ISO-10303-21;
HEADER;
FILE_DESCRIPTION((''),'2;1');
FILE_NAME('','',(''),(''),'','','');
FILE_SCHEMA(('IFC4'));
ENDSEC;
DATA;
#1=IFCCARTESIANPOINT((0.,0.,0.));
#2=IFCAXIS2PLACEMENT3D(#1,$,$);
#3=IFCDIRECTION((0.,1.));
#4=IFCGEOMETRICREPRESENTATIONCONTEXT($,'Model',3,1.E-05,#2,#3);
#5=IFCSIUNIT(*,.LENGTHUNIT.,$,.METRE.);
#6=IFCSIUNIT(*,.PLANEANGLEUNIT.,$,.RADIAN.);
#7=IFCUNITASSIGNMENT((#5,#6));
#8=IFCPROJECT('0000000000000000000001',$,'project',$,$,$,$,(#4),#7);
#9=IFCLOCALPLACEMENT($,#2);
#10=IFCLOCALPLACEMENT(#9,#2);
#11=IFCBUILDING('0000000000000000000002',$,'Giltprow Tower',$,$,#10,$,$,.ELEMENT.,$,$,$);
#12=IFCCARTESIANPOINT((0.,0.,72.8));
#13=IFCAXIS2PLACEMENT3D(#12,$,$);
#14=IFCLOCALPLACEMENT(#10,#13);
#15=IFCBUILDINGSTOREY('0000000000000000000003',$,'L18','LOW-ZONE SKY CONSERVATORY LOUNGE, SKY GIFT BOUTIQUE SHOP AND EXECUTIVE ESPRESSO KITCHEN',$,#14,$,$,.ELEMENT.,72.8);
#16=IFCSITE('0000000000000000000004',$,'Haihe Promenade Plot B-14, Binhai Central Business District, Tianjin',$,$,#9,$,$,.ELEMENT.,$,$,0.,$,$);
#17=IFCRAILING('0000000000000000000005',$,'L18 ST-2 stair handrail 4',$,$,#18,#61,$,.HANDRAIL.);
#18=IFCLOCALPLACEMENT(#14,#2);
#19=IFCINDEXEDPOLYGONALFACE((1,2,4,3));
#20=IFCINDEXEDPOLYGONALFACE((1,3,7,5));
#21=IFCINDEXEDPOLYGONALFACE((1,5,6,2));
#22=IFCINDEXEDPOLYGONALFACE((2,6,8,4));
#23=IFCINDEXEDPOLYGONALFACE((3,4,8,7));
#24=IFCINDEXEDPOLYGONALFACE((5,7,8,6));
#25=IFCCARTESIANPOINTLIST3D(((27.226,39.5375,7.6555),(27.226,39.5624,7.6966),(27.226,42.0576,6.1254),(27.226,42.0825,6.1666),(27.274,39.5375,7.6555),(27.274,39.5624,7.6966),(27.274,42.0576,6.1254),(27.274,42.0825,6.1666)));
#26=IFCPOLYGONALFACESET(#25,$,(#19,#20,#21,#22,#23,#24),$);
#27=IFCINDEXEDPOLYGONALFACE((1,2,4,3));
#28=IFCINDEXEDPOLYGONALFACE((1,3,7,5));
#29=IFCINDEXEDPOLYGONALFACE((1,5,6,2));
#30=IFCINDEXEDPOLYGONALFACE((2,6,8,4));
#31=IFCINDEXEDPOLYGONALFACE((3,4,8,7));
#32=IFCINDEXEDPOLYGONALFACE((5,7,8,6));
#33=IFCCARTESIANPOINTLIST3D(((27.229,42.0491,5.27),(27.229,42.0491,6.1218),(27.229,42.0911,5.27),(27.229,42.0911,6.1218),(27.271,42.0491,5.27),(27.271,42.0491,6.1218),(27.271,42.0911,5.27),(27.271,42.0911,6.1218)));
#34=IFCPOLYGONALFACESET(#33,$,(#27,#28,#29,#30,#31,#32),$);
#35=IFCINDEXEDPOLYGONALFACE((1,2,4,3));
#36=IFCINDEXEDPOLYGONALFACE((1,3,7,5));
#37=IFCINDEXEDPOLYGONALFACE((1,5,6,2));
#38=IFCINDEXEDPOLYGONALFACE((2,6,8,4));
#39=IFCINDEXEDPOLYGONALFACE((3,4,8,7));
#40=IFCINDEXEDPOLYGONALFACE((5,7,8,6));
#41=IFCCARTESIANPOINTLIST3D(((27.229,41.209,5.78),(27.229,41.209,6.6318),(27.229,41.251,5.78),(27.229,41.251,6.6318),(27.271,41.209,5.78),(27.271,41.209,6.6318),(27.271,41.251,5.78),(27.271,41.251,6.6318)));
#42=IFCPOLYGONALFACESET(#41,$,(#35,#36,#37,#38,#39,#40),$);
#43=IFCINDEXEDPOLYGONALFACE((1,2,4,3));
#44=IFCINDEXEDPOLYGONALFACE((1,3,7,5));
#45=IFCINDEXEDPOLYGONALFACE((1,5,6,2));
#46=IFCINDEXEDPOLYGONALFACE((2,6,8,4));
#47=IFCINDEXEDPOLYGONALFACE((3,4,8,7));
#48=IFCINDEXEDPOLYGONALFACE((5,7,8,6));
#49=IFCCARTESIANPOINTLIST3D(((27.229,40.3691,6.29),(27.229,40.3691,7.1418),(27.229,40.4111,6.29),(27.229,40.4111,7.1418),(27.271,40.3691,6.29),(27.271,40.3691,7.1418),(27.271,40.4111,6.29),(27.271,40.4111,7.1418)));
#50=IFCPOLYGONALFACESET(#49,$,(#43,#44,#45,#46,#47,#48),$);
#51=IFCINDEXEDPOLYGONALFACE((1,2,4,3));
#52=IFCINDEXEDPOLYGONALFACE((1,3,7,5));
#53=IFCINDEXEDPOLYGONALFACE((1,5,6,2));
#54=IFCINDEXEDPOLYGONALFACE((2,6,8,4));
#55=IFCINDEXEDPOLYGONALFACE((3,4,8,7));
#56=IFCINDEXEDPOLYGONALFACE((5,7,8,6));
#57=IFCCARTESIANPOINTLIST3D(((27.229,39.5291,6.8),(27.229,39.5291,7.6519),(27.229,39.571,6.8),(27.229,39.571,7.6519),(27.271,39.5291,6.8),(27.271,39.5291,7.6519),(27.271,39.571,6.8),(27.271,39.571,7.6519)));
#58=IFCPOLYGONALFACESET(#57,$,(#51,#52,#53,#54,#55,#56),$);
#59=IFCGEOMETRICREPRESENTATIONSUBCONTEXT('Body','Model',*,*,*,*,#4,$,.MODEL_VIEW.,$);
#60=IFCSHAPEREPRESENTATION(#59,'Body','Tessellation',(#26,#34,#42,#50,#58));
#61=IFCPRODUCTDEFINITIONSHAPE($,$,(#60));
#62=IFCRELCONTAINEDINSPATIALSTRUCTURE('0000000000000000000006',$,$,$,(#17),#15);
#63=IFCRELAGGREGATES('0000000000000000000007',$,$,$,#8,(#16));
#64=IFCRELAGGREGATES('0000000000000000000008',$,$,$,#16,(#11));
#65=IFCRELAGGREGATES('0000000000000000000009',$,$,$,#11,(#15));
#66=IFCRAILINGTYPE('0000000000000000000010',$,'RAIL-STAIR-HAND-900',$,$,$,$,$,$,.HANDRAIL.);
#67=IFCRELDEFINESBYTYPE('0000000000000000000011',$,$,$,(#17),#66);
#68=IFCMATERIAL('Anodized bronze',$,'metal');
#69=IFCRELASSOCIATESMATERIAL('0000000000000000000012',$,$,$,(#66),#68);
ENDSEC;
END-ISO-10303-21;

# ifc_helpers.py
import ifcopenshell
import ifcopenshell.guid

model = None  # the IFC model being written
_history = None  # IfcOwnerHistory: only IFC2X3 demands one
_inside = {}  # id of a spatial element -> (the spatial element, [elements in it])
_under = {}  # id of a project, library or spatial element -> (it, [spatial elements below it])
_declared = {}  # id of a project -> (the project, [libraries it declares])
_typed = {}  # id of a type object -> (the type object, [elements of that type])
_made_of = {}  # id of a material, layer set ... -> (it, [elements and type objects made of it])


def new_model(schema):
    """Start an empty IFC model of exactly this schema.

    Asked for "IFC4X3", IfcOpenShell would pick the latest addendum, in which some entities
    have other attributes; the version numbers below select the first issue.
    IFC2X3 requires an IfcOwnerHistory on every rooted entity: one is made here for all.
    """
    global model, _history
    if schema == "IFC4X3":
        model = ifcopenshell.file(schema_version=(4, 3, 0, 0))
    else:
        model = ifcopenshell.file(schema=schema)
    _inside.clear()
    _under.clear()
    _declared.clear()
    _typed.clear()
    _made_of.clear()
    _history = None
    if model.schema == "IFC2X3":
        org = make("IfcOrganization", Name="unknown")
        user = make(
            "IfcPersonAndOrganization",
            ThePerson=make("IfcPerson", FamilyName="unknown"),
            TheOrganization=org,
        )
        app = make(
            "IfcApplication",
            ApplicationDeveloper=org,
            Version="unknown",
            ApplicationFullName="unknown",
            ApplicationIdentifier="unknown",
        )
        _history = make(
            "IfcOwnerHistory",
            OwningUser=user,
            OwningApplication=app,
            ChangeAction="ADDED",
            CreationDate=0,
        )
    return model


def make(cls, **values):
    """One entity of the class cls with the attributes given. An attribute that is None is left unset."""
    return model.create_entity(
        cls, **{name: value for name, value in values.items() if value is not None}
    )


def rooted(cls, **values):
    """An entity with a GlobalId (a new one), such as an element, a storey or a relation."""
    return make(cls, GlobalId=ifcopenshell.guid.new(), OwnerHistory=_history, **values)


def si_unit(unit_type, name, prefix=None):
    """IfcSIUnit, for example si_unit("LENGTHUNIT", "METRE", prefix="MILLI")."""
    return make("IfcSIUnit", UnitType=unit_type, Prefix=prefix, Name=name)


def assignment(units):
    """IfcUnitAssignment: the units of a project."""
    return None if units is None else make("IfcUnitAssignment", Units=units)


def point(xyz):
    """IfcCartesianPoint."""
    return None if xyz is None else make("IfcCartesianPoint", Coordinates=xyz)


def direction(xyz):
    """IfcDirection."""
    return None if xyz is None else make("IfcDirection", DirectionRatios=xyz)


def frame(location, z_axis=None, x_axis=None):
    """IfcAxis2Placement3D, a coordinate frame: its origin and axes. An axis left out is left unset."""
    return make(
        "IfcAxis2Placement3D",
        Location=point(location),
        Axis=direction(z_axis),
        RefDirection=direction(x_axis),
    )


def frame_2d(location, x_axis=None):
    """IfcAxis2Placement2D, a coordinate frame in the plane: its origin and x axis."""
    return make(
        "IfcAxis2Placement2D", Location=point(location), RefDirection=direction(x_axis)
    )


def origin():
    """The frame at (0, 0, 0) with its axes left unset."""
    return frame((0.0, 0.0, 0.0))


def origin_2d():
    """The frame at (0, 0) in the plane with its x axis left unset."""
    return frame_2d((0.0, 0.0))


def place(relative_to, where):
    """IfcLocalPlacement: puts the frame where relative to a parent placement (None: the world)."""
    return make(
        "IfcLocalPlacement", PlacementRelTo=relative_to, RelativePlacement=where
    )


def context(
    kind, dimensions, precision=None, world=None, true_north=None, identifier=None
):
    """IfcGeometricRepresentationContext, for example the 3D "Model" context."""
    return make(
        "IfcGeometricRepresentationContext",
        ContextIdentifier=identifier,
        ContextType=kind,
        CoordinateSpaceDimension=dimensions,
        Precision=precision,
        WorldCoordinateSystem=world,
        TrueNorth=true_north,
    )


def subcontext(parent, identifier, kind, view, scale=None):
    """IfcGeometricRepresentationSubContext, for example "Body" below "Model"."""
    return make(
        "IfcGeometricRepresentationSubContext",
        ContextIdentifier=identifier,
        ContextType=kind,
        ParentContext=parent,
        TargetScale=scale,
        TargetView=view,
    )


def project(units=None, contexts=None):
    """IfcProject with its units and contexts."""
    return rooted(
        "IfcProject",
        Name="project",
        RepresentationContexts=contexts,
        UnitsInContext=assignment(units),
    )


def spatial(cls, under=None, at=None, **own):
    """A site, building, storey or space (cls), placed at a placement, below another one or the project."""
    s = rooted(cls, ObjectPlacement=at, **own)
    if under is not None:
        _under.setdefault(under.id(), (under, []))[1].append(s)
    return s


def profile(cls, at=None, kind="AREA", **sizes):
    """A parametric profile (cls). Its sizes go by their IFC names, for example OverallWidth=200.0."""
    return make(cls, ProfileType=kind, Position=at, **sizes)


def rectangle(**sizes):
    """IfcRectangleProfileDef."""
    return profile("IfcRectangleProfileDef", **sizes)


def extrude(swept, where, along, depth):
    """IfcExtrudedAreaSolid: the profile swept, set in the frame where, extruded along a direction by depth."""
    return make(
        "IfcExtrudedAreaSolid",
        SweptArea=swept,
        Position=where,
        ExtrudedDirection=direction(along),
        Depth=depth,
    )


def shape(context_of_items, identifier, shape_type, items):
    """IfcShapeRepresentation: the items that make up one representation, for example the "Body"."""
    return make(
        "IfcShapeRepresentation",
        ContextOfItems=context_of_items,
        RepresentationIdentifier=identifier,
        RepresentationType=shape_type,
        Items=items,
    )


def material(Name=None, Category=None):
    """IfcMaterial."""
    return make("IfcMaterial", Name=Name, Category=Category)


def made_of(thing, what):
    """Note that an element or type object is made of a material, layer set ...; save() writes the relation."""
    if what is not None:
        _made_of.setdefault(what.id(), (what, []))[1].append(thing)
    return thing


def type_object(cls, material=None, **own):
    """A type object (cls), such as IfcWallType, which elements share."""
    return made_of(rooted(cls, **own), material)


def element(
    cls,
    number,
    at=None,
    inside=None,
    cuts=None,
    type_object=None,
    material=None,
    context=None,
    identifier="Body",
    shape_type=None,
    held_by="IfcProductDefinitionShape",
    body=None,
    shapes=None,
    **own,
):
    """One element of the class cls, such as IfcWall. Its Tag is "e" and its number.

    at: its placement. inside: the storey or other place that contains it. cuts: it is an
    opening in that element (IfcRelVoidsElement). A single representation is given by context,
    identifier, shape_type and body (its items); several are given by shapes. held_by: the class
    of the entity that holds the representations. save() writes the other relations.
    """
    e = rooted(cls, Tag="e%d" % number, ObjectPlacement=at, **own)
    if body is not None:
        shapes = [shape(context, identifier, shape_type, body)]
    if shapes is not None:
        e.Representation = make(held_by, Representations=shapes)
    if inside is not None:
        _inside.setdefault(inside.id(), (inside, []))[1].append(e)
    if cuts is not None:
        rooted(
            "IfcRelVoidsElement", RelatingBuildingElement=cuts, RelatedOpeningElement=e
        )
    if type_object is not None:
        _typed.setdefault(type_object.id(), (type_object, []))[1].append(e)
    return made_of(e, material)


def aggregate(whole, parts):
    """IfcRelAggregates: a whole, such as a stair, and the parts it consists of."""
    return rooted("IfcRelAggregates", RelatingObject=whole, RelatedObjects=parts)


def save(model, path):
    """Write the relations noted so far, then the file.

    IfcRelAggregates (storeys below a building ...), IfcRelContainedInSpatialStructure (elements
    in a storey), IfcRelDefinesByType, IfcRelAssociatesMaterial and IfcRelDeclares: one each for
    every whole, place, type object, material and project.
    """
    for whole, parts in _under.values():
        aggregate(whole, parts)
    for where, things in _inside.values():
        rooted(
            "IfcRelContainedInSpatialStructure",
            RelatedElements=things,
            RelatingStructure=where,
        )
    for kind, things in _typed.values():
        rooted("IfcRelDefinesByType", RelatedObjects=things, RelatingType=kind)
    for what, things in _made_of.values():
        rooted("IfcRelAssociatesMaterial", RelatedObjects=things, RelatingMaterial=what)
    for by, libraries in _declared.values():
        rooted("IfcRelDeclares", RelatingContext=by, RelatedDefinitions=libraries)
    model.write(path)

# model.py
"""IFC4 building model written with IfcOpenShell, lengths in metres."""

from ifc_helpers import new_model, si_unit, direction, frame, origin, origin_2d, place, context, subcontext, project, spatial, rectangle, extrude, material, type_object, element, save


model = new_model("IFC4")

# Units and contexts
model_context = context("Model", 3, precision=1e-05, world=origin(), true_north=direction((0.0, 1.0)))
body_context = subcontext(model_context, "Body", "Model", "MODEL_VIEW")
ifc_project = project(units=[si_unit("LENGTHUNIT", "METRE"), si_unit("PLANEANGLEUNIT", "RADIAN")], contexts=[model_context])

# Site, building, storey
site_placement = place(None, origin())
site = spatial("IfcSite", under=ifc_project, at=site_placement, Name="Haihe Promenade Plot B-14, Binhai Central Business District, Tianjin", CompositionType="ELEMENT", RefElevation=0.0)
building_placement = place(site_placement, origin())
building = spatial("IfcBuilding", under=site, at=building_placement, Name="Giltprow Tower", CompositionType="ELEMENT")
storey_placement = place(building_placement, frame((0.0, 0.0, 72.8)))
storey = spatial("IfcBuildingStorey", under=building, at=storey_placement, Name="L18", Description="LOW-ZONE SKY CONSERVATORY LOUNGE, SKY GIFT BOUTIQUE SHOP AND EXECUTIVE ESPRESSO KITCHEN", CompositionType="ELEMENT", Elevation=72.8)

# Railing
ifc_material_1 = material(Name="Anodized bronze", Category="metal")
railing_type_1 = type_object("IfcRailingType", Name="RAIL-STAIR-HAND-900", PredefinedType="HANDRAIL", material=ifc_material_1)
railing_1_placement = place(storey_placement, frame((27.25, 42.0701, 5.27)))
element("IfcRailing", 1, at=railing_1_placement, inside=storey, type_object=railing_type_1, Name="L18 ST-2 stair handrail 4", PredefinedType="HANDRAIL", context=body_context, shape_type="SweptSolid", body=[
    extrude(rectangle(XDim=0.0481, YDim=0.0481, at=origin_2d()), frame((0.0, 0.0, 0.876), z_axis=(0.0, -0.854785, 0.518982), x_axis=(1.0, 0.0, 0.0)), (0.0, 0.0, 1.0), 2.9482),
    extrude(rectangle(XDim=0.042, YDim=0.042, at=origin_2d()), origin(), (0.0, 0.0, 1.0), 0.8518),
    extrude(rectangle(XDim=0.042, YDim=0.042, at=origin_2d()), frame((0.0, -0.8401, 0.51)), (0.0, 0.0, 1.0), 0.8518),
    extrude(rectangle(XDim=0.042, YDim=0.042, at=origin_2d()), frame((0.0, -1.6799, 1.02)), (0.0, 0.0, 1.0), 0.8518),
    extrude(rectangle(XDim=0.042, YDim=0.042, at=origin_2d()), frame((0.0, -2.52, 1.53)), (0.0, 0.0, 1.0), 0.8518),
])

save(model, "model.ifc")
